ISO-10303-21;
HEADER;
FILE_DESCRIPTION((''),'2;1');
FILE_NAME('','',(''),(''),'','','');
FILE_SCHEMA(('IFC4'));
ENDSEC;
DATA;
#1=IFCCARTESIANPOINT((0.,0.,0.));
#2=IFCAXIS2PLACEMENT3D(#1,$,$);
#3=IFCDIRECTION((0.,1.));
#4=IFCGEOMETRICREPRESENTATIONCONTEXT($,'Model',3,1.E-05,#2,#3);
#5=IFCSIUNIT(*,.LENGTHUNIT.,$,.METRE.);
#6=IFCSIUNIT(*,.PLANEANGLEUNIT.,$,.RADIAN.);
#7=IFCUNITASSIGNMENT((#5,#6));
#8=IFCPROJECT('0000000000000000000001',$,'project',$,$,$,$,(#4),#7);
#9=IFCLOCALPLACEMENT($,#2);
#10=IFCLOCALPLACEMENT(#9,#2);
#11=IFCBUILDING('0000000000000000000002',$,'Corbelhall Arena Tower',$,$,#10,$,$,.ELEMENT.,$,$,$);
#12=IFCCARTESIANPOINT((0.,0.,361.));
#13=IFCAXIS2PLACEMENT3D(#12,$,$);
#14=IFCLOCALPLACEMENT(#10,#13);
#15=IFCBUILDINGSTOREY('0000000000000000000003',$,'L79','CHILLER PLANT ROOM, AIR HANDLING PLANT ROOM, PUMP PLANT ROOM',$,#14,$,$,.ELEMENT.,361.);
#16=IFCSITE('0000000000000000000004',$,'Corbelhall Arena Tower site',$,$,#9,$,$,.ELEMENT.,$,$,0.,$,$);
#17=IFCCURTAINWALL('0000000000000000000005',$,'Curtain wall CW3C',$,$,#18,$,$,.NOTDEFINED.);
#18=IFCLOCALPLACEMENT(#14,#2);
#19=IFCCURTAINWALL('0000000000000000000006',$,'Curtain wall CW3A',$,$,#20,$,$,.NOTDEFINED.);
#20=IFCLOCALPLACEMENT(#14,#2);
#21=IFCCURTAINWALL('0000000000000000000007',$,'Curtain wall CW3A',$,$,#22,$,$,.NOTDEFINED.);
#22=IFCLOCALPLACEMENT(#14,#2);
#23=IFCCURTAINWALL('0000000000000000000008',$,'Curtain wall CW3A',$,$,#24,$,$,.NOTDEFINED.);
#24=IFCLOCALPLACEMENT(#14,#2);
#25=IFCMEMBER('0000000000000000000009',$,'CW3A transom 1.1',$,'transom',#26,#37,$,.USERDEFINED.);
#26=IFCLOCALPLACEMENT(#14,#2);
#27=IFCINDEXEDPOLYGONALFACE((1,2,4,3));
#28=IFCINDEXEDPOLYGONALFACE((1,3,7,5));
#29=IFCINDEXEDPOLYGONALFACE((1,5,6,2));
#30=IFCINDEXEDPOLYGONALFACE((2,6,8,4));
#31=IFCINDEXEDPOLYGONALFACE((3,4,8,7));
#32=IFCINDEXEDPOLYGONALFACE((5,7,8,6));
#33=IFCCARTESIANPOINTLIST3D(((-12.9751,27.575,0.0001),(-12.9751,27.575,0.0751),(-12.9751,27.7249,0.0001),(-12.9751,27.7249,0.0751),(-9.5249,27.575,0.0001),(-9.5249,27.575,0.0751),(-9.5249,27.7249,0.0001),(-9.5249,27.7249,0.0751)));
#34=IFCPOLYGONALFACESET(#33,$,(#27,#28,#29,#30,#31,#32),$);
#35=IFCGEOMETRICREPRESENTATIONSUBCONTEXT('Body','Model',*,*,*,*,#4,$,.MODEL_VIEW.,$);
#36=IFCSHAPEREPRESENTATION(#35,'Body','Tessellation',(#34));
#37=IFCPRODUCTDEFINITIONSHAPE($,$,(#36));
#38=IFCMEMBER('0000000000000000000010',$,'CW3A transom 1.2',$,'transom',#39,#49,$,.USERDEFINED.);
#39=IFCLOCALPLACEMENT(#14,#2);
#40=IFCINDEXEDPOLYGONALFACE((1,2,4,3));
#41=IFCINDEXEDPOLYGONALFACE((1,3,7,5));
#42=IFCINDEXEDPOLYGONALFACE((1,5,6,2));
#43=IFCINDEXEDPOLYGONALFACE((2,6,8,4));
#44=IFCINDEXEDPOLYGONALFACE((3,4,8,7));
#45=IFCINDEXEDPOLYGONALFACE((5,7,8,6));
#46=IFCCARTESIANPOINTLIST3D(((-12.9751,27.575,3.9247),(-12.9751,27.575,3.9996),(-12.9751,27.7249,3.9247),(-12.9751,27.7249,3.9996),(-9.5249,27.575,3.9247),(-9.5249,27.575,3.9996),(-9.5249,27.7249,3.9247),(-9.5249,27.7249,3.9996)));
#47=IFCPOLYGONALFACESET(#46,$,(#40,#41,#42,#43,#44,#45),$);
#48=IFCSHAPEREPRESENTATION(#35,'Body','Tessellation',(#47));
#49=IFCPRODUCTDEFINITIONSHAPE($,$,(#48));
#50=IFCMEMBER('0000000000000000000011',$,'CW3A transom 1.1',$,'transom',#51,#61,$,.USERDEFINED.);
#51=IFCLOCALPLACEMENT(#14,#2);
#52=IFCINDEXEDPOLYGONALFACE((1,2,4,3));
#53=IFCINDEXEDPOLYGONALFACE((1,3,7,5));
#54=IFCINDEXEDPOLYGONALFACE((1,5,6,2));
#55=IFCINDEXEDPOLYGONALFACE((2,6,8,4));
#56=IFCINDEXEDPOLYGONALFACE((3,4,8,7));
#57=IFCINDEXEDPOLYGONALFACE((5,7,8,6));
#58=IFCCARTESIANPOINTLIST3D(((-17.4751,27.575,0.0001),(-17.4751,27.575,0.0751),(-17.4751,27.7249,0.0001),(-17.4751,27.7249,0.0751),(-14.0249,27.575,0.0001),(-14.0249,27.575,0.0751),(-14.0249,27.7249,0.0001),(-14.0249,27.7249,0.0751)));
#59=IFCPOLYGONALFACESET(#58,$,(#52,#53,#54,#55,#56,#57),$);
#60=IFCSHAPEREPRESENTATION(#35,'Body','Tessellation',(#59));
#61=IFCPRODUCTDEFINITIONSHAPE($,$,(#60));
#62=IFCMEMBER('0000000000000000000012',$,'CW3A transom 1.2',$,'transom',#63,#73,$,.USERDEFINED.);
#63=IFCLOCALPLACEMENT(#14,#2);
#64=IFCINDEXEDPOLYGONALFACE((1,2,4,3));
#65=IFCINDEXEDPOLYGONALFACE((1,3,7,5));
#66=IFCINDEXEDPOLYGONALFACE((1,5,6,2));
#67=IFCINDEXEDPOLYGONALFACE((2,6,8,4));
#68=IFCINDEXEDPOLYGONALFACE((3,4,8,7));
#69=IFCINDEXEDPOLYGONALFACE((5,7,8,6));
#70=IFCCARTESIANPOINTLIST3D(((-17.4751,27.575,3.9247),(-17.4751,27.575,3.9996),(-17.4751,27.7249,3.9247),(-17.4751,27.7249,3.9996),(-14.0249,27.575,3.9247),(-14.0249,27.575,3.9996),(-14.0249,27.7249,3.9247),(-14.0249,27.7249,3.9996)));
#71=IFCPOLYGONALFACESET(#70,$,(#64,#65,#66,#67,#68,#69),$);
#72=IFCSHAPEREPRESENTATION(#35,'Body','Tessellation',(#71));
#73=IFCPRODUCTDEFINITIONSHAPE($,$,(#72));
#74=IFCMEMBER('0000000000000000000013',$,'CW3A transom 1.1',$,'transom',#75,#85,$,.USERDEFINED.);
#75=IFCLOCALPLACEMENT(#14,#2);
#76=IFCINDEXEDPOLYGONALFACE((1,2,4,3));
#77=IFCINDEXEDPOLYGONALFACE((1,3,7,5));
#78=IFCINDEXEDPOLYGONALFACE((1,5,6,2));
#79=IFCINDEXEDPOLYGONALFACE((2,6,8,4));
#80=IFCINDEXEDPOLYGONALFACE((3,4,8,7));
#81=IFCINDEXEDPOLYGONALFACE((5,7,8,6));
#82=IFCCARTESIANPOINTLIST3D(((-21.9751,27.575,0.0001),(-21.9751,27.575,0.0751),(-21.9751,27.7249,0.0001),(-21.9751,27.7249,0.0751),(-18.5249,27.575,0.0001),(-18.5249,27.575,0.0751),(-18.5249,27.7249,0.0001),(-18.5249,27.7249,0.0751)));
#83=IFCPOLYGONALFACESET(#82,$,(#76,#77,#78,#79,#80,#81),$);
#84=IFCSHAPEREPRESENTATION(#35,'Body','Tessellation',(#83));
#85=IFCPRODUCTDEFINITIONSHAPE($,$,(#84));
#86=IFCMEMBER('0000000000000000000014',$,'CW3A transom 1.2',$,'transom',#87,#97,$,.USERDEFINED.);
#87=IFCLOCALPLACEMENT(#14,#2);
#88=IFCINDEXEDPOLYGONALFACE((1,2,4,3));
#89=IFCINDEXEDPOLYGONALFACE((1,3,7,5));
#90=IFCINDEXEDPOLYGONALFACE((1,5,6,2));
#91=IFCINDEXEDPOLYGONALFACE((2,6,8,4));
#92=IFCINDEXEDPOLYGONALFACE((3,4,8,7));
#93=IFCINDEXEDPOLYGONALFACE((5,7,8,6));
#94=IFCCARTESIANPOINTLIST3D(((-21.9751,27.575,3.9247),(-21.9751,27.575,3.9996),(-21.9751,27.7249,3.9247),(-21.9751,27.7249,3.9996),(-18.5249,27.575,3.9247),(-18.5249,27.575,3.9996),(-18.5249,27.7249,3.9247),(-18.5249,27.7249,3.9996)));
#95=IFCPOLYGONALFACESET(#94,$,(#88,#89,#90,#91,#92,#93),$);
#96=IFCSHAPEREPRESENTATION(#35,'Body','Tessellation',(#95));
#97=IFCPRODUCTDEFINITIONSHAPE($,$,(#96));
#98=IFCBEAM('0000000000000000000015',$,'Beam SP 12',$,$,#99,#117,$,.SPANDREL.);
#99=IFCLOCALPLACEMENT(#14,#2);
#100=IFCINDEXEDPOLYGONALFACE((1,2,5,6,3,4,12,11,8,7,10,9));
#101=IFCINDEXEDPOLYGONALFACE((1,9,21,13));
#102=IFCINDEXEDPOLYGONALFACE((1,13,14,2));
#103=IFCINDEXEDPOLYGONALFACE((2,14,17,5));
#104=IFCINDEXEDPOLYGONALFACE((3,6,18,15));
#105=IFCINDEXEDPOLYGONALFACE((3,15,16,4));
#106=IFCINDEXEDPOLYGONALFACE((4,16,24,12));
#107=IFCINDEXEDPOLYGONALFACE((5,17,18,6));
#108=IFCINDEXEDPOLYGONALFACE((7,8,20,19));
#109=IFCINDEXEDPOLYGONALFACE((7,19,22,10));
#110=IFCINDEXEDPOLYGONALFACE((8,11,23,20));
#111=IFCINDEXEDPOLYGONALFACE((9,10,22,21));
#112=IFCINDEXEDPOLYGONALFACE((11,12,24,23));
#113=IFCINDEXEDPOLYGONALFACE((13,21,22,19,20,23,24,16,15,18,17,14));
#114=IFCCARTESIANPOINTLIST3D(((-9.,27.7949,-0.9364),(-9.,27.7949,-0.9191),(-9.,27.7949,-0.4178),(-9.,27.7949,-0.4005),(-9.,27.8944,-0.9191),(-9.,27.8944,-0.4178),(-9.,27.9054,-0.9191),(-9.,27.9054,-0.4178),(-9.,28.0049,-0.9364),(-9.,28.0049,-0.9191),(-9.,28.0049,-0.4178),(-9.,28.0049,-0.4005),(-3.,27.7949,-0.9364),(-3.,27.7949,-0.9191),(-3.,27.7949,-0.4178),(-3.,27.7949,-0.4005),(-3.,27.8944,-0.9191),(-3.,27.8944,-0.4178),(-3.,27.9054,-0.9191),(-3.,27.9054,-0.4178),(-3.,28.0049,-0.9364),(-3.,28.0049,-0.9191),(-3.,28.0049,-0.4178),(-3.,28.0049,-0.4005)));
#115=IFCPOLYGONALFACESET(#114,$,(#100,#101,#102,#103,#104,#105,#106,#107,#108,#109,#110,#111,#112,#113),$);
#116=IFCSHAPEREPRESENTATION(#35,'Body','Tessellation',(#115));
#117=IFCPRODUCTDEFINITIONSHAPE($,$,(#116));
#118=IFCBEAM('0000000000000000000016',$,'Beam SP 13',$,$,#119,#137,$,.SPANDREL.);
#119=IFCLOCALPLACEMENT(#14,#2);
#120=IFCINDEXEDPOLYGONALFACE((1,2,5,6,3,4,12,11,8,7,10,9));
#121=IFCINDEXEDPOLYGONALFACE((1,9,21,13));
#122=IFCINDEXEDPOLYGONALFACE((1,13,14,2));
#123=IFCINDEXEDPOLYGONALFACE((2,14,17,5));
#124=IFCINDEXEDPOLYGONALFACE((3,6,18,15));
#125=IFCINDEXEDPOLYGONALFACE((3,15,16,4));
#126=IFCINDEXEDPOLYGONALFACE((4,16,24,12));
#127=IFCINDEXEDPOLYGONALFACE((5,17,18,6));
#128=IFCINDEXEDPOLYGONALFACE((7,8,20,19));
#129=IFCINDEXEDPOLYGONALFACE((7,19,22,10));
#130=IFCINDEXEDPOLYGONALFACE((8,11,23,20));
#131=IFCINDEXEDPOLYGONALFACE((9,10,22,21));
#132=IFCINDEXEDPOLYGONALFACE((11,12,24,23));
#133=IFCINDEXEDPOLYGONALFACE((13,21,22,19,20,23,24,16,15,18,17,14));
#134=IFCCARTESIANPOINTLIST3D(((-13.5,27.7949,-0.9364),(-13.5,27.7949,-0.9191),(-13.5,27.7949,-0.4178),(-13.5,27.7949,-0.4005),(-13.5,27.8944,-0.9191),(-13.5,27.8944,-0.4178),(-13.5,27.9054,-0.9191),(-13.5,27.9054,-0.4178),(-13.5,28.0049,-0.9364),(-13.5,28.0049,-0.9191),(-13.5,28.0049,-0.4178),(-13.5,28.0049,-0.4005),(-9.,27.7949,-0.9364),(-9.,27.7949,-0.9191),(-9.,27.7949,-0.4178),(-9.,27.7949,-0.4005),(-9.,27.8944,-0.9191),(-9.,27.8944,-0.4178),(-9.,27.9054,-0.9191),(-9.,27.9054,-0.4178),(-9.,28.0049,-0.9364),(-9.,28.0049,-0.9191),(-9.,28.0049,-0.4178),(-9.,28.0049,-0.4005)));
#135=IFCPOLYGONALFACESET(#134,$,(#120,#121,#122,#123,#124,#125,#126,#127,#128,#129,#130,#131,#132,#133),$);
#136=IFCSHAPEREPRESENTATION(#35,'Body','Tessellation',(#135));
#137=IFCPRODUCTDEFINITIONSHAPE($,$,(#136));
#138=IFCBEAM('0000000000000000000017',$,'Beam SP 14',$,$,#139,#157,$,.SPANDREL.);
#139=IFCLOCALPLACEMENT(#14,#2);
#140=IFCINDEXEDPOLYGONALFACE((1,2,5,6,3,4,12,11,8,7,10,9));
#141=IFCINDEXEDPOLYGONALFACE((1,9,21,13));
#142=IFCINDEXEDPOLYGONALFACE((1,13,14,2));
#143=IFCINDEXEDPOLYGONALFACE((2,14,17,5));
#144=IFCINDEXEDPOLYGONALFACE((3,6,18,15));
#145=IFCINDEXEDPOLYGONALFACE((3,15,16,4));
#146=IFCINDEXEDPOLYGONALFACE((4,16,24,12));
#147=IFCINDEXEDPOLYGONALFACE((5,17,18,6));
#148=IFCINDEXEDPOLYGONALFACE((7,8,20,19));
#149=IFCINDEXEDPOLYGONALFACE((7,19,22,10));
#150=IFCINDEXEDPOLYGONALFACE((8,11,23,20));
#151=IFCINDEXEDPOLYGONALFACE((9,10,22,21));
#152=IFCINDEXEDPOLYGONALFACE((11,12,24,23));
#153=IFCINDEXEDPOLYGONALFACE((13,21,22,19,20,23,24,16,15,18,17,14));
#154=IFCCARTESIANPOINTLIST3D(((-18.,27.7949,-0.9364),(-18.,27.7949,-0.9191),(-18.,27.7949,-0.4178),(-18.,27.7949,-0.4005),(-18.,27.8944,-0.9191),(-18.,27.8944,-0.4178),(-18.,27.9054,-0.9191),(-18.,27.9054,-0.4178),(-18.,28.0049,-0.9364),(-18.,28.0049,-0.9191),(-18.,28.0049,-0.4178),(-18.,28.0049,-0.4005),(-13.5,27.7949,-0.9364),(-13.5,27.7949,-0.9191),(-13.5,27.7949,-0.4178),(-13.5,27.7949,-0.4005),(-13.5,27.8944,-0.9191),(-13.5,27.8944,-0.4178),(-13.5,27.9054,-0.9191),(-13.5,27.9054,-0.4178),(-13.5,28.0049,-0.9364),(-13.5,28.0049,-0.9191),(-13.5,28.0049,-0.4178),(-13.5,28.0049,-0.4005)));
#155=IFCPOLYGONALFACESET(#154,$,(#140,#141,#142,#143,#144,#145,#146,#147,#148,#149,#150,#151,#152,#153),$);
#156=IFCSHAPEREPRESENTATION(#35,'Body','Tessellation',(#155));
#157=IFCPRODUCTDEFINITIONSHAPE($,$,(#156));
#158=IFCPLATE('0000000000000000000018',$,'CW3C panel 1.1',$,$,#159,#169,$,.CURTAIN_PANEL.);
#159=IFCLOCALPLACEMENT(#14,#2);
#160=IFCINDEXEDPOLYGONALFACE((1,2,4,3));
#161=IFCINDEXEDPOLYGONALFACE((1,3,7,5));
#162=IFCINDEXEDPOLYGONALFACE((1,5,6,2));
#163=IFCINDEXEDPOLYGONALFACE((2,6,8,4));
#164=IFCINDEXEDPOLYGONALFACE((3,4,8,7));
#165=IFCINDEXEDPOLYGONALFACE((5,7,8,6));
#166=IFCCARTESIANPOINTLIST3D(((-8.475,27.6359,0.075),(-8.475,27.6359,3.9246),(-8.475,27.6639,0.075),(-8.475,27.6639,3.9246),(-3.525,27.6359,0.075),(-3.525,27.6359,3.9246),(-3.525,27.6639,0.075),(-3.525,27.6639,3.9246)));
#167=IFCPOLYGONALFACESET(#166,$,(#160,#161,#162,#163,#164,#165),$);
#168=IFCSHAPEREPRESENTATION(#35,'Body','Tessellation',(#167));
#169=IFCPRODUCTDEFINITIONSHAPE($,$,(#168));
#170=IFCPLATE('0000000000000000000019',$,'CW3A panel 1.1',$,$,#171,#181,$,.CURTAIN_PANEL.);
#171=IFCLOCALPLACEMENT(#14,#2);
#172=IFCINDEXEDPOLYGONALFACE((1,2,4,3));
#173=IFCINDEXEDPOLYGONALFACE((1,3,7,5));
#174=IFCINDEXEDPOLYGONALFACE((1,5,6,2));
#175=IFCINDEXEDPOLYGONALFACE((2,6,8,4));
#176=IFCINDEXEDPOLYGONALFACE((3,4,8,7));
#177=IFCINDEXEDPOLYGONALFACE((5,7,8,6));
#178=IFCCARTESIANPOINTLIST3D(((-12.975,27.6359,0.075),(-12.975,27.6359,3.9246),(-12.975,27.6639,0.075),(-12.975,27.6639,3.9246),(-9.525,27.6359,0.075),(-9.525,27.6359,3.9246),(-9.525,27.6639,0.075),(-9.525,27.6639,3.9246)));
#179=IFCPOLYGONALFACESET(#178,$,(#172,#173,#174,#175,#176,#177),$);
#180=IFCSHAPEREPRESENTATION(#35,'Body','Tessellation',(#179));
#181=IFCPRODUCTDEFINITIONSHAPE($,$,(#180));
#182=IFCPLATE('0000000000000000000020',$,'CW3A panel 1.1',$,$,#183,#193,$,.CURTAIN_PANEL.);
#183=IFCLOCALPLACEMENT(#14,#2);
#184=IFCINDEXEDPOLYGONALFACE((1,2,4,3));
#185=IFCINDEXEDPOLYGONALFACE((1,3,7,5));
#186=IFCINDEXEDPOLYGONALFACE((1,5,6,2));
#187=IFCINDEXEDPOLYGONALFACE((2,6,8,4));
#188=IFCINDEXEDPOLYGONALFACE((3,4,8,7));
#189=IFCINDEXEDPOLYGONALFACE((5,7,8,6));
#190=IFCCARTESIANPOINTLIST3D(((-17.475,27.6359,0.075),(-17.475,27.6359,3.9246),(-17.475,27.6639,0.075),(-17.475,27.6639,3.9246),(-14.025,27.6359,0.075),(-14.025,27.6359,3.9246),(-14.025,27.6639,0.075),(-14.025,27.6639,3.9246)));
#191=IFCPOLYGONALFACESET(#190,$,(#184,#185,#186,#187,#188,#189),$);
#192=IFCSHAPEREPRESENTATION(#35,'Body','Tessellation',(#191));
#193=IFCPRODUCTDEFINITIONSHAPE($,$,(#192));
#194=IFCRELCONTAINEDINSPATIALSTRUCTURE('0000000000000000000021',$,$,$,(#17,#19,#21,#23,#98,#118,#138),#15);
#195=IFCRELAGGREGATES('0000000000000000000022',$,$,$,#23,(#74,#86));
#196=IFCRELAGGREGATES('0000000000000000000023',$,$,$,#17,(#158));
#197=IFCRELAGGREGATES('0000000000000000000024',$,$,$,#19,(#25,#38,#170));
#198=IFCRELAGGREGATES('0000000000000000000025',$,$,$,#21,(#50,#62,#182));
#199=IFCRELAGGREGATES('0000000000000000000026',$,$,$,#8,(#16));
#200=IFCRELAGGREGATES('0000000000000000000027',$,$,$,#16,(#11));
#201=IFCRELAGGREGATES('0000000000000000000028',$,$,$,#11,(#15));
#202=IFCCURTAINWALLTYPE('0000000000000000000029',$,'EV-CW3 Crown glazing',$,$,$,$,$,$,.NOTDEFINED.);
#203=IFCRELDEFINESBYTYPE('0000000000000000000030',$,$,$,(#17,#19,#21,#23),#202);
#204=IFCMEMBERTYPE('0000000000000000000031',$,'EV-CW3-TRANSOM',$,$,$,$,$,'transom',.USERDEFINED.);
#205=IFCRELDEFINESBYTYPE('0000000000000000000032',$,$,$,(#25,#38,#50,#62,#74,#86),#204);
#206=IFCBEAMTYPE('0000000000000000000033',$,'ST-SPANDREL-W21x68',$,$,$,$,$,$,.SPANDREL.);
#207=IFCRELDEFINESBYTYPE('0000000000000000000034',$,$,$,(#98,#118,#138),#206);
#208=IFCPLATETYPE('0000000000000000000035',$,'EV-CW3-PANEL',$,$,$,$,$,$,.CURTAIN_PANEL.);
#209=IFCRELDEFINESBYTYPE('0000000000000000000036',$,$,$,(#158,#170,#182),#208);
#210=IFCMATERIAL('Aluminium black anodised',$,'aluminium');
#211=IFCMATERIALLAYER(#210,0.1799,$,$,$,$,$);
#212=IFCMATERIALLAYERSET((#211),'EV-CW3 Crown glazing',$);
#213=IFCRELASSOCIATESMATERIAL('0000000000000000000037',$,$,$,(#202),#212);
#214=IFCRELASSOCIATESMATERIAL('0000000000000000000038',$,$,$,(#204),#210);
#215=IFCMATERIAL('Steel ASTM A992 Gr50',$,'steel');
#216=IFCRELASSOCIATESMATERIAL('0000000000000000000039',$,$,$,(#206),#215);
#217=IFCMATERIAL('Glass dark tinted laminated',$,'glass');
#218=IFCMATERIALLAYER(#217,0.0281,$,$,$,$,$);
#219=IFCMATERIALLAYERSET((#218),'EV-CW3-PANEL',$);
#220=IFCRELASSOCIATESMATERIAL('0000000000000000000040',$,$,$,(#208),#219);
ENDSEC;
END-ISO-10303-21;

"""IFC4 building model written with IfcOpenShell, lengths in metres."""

from ifc_helpers import new_model, si_unit, direction, frame, origin, origin_2d, place, context, subcontext, project, spatial, rectangle, i_section, extrude, material, layer, layer_set, material_profile, profile_set, type_object, element, aggregate, save


model = new_model("IFC4")

# Units and contexts
model_context = context("Model", 3, precision=1e-05, world=origin(), true_north=direction((0.0, 1.0)))
body_context = subcontext(model_context, "Body", "Model", "MODEL_VIEW")
ifc_project = project(units=[si_unit("LENGTHUNIT", "METRE"), si_unit("PLANEANGLEUNIT", "RADIAN")], contexts=[model_context])

# Site, building, storey
site_placement = place(None, origin())
site = spatial("IfcSite", under=ifc_project, at=site_placement, Name="Corbelhall Arena Tower site", CompositionType="ELEMENT", RefElevation=0.0)
building_placement = place(site_placement, origin())
building = spatial("IfcBuilding", under=site, at=building_placement, Name="Corbelhall Arena Tower", CompositionType="ELEMENT")
storey_placement = place(building_placement, frame((0.0, 0.0, 361.0)))
storey = spatial("IfcBuildingStorey", under=building, at=storey_placement, Name="L79", Description="CHILLER PLANT ROOM, AIR HANDLING PLANT ROOM, PUMP PLANT ROOM", CompositionType="ELEMENT", Elevation=361.0)

# Curtain walls
ifc_material_1 = material(Name="Aluminium black anodised", Category="aluminium")
ifc_layer_1 = layer(ifc_material_1, 0.1799)
ifc_layer_set_1 = layer_set([ifc_layer_1], Name="EV-CW3 Crown glazing")
curtain_wall_type = type_object("IfcCurtainWallType", Name="EV-CW3 Crown glazing", PredefinedType="NOTDEFINED", material=ifc_layer_set_1)
curtain_wall_1_placement = place(storey_placement, origin())
curtain_wall_1 = element("IfcCurtainWall", 1, at=curtain_wall_1_placement, inside=storey, type_object=curtain_wall_type, Name="Curtain wall CW3C", PredefinedType="NOTDEFINED")
curtain_wall_2_placement = place(storey_placement, origin())
curtain_wall_2 = element("IfcCurtainWall", 2, at=curtain_wall_2_placement, inside=storey, type_object=curtain_wall_type, Name="Curtain wall CW3A", PredefinedType="NOTDEFINED")
curtain_wall_3_placement = place(storey_placement, origin())
curtain_wall_3 = element("IfcCurtainWall", 3, at=curtain_wall_3_placement, inside=storey, type_object=curtain_wall_type, Name="Curtain wall CW3A", PredefinedType="NOTDEFINED")

# Curtain wall
curtain_wall_4_placement = place(storey_placement, origin())
curtain_wall_4 = element("IfcCurtainWall", 4, at=curtain_wall_4_placement, inside=storey, type_object=curtain_wall_type, Name="Curtain wall CW3A", PredefinedType="NOTDEFINED")

# Members
ifc_material_profile_1 = material_profile(ifc_material_1, rectangle(XDim=0.1499, YDim=0.075, at=origin_2d()))
ifc_profile_set_1 = profile_set([ifc_material_profile_1], Name="Aluminium black anodised")
member_type_1 = type_object("IfcMemberType", Name="EV-CW3-TRANSOM", ElementType="transom", PredefinedType="USERDEFINED", material=ifc_profile_set_1)
member_1_placement = place(storey_placement, frame((-9.5249, 27.6499, 0.0376), z_axis=(-1.0, 0.0, 0.0), x_axis=(0.0, -1.0, 0.0)))
member_1 = element("IfcMember", 5, at=member_1_placement, type_object=member_type_1, Name="CW3A transom 1.1", ObjectType="transom", PredefinedType="USERDEFINED", context=body_context, shape_type="SweptSolid", body=[
    extrude(rectangle(XDim=0.1499, YDim=0.075, at=origin_2d()), origin(), (0.0, 0.0, 1.0), 3.4502),
])
member_2_placement = place(storey_placement, frame((-9.5249, 27.6499, 3.9622), z_axis=(-1.0, 0.0, 0.0), x_axis=(0.0, -1.0, 0.0)))
member_2 = element("IfcMember", 6, at=member_2_placement, type_object=member_type_1, Name="CW3A transom 1.2", ObjectType="transom", PredefinedType="USERDEFINED", context=body_context, shape_type="SweptSolid", body=[
    extrude(rectangle(XDim=0.1499, YDim=0.075, at=origin_2d()), origin(), (0.0, 0.0, 1.0), 3.4502),
])
member_3_placement = place(storey_placement, frame((-14.0249, 27.6499, 0.0376), z_axis=(-1.0, 0.0, 0.0), x_axis=(0.0, -1.0, 0.0)))
member_3 = element("IfcMember", 7, at=member_3_placement, type_object=member_type_1, Name="CW3A transom 1.1", ObjectType="transom", PredefinedType="USERDEFINED", context=body_context, shape_type="SweptSolid", body=[
    extrude(rectangle(XDim=0.1499, YDim=0.075, at=origin_2d()), origin(), (0.0, 0.0, 1.0), 3.4502),
])
member_4_placement = place(storey_placement, frame((-14.0249, 27.6499, 3.9622), z_axis=(-1.0, 0.0, 0.0), x_axis=(0.0, -1.0, 0.0)))
member_4 = element("IfcMember", 8, at=member_4_placement, type_object=member_type_1, Name="CW3A transom 1.2", ObjectType="transom", PredefinedType="USERDEFINED", context=body_context, shape_type="SweptSolid", body=[
    extrude(rectangle(XDim=0.1499, YDim=0.075, at=origin_2d()), origin(), (0.0, 0.0, 1.0), 3.4502),
])
member_5_placement = place(storey_placement, frame((-18.5249, 27.6499, 0.0376), z_axis=(-1.0, 0.0, 0.0), x_axis=(0.0, -1.0, 0.0)))
member_5 = element("IfcMember", 9, at=member_5_placement, type_object=member_type_1, Name="CW3A transom 1.1", ObjectType="transom", PredefinedType="USERDEFINED", context=body_context, shape_type="SweptSolid", body=[
    extrude(rectangle(XDim=0.1499, YDim=0.075, at=origin_2d()), origin(), (0.0, 0.0, 1.0), 3.4502),
])
member_6_placement = place(storey_placement, frame((-18.5249, 27.6499, 3.9622), z_axis=(-1.0, 0.0, 0.0), x_axis=(0.0, -1.0, 0.0)))
member_6 = element("IfcMember", 10, at=member_6_placement, type_object=member_type_1, Name="CW3A transom 1.2", ObjectType="transom", PredefinedType="USERDEFINED", context=body_context, shape_type="SweptSolid", body=[
    extrude(rectangle(XDim=0.1499, YDim=0.075, at=origin_2d()), origin(), (0.0, 0.0, 1.0), 3.4502),
])
aggregate(curtain_wall_4, [member_5, member_6])

# Beams
ifc_material_2 = material(Name="Steel ASTM A992 Gr50", Category="steel")
ifc_material_profile_2 = material_profile(ifc_material_2, i_section(OverallWidth=0.21, OverallDepth=0.5359, WebThickness=0.011, FlangeThickness=0.0173, at=origin_2d()))
ifc_profile_set_2 = profile_set([ifc_material_profile_2], Name="Steel ASTM A992 Gr50")
beam_type = type_object("IfcBeamType", Name="ST-SPANDREL-W21x68", PredefinedType="SPANDREL", material=ifc_profile_set_2)
beam_placement = place(storey_placement, frame((-9.0, 27.8999, -0.6685), z_axis=(1.0, 0.0, 0.0), x_axis=(0.0, 1.0, 0.0)))
element("IfcBeam", 11, at=beam_placement, inside=storey, type_object=beam_type, Name="Beam SP 12", PredefinedType="SPANDREL", context=body_context, shape_type="SweptSolid", body=[
    extrude(i_section(OverallWidth=0.21, OverallDepth=0.5359, WebThickness=0.011, FlangeThickness=0.0173, at=origin_2d()), origin(), (0.0, 0.0, 1.0), 6.0),
])
for number, where, z_axis, x_axis, name in (
    (12, (-13.5, 27.8999, -0.6685), (1.0, 0.0, 0.0), (0.0, 1.0, 0.0), "Beam SP 13"),
    (13, (-18.0, 27.8999, -0.6685), (1.0, 0.0, 0.0), (0.0, 1.0, 0.0), "Beam SP 14"),
):
    element("IfcBeam", number, at=place(storey_placement, frame(where, z_axis=z_axis, x_axis=x_axis)), inside=storey, type_object=beam_type, Name=name, PredefinedType="SPANDREL", context=body_context, shape_type="SweptSolid", body=[
        extrude(i_section(OverallWidth=0.21, OverallDepth=0.5359, WebThickness=0.011, FlangeThickness=0.0173, at=origin_2d()), origin(), (0.0, 0.0, 1.0), 4.5),
    ])

# Plates
ifc_material_3 = material(Name="Glass dark tinted laminated", Category="glass")
ifc_layer_2 = layer(ifc_material_3, 0.0281)
ifc_layer_set_2 = layer_set([ifc_layer_2], Name="EV-CW3-PANEL")
plate_type = type_object("IfcPlateType", Name="EV-CW3-PANEL", PredefinedType="CURTAIN_PANEL", material=ifc_layer_set_2)
plate_1_placement = place(storey_placement, frame((-6.0, 27.6499, 0.075), z_axis=(0.0, 0.0, 1.0), x_axis=(-1.0, 0.0, 0.0)))
plate_1 = element("IfcPlate", 14, at=plate_1_placement, type_object=plate_type, Name="CW3C panel 1.1", PredefinedType="CURTAIN_PANEL", context=body_context, shape_type="SweptSolid", body=[
    extrude(rectangle(XDim=4.95, YDim=0.0281, at=origin_2d()), origin(), (0.0, 0.0, 1.0), 3.8496),
])
aggregate(curtain_wall_1, [plate_1])
plate_2_placement = place(storey_placement, frame((-11.25, 27.6499, 0.075), z_axis=(0.0, 0.0, 1.0), x_axis=(-1.0, 0.0, 0.0)))
plate_2 = element("IfcPlate", 15, at=plate_2_placement, type_object=plate_type, Name="CW3A panel 1.1", PredefinedType="CURTAIN_PANEL", context=body_context, shape_type="SweptSolid", body=[
    extrude(rectangle(XDim=3.45, YDim=0.0281, at=origin_2d()), origin(), (0.0, 0.0, 1.0), 3.8496),
])
aggregate(curtain_wall_2, [member_1, member_2, plate_2])
plate_3_placement = place(storey_placement, frame((-15.75, 27.6499, 0.075), z_axis=(0.0, 0.0, 1.0), x_axis=(-1.0, 0.0, 0.0)))
plate_3 = element("IfcPlate", 16, at=plate_3_placement, type_object=plate_type, Name="CW3A panel 1.1", PredefinedType="CURTAIN_PANEL", context=body_context, shape_type="SweptSolid", body=[
    extrude(rectangle(XDim=3.45, YDim=0.0281, at=origin_2d()), origin(), (0.0, 0.0, 1.0), 3.8496),
])
aggregate(curtain_wall_3, [member_3, member_4, plate_3])

save(model, "model.ifc")
